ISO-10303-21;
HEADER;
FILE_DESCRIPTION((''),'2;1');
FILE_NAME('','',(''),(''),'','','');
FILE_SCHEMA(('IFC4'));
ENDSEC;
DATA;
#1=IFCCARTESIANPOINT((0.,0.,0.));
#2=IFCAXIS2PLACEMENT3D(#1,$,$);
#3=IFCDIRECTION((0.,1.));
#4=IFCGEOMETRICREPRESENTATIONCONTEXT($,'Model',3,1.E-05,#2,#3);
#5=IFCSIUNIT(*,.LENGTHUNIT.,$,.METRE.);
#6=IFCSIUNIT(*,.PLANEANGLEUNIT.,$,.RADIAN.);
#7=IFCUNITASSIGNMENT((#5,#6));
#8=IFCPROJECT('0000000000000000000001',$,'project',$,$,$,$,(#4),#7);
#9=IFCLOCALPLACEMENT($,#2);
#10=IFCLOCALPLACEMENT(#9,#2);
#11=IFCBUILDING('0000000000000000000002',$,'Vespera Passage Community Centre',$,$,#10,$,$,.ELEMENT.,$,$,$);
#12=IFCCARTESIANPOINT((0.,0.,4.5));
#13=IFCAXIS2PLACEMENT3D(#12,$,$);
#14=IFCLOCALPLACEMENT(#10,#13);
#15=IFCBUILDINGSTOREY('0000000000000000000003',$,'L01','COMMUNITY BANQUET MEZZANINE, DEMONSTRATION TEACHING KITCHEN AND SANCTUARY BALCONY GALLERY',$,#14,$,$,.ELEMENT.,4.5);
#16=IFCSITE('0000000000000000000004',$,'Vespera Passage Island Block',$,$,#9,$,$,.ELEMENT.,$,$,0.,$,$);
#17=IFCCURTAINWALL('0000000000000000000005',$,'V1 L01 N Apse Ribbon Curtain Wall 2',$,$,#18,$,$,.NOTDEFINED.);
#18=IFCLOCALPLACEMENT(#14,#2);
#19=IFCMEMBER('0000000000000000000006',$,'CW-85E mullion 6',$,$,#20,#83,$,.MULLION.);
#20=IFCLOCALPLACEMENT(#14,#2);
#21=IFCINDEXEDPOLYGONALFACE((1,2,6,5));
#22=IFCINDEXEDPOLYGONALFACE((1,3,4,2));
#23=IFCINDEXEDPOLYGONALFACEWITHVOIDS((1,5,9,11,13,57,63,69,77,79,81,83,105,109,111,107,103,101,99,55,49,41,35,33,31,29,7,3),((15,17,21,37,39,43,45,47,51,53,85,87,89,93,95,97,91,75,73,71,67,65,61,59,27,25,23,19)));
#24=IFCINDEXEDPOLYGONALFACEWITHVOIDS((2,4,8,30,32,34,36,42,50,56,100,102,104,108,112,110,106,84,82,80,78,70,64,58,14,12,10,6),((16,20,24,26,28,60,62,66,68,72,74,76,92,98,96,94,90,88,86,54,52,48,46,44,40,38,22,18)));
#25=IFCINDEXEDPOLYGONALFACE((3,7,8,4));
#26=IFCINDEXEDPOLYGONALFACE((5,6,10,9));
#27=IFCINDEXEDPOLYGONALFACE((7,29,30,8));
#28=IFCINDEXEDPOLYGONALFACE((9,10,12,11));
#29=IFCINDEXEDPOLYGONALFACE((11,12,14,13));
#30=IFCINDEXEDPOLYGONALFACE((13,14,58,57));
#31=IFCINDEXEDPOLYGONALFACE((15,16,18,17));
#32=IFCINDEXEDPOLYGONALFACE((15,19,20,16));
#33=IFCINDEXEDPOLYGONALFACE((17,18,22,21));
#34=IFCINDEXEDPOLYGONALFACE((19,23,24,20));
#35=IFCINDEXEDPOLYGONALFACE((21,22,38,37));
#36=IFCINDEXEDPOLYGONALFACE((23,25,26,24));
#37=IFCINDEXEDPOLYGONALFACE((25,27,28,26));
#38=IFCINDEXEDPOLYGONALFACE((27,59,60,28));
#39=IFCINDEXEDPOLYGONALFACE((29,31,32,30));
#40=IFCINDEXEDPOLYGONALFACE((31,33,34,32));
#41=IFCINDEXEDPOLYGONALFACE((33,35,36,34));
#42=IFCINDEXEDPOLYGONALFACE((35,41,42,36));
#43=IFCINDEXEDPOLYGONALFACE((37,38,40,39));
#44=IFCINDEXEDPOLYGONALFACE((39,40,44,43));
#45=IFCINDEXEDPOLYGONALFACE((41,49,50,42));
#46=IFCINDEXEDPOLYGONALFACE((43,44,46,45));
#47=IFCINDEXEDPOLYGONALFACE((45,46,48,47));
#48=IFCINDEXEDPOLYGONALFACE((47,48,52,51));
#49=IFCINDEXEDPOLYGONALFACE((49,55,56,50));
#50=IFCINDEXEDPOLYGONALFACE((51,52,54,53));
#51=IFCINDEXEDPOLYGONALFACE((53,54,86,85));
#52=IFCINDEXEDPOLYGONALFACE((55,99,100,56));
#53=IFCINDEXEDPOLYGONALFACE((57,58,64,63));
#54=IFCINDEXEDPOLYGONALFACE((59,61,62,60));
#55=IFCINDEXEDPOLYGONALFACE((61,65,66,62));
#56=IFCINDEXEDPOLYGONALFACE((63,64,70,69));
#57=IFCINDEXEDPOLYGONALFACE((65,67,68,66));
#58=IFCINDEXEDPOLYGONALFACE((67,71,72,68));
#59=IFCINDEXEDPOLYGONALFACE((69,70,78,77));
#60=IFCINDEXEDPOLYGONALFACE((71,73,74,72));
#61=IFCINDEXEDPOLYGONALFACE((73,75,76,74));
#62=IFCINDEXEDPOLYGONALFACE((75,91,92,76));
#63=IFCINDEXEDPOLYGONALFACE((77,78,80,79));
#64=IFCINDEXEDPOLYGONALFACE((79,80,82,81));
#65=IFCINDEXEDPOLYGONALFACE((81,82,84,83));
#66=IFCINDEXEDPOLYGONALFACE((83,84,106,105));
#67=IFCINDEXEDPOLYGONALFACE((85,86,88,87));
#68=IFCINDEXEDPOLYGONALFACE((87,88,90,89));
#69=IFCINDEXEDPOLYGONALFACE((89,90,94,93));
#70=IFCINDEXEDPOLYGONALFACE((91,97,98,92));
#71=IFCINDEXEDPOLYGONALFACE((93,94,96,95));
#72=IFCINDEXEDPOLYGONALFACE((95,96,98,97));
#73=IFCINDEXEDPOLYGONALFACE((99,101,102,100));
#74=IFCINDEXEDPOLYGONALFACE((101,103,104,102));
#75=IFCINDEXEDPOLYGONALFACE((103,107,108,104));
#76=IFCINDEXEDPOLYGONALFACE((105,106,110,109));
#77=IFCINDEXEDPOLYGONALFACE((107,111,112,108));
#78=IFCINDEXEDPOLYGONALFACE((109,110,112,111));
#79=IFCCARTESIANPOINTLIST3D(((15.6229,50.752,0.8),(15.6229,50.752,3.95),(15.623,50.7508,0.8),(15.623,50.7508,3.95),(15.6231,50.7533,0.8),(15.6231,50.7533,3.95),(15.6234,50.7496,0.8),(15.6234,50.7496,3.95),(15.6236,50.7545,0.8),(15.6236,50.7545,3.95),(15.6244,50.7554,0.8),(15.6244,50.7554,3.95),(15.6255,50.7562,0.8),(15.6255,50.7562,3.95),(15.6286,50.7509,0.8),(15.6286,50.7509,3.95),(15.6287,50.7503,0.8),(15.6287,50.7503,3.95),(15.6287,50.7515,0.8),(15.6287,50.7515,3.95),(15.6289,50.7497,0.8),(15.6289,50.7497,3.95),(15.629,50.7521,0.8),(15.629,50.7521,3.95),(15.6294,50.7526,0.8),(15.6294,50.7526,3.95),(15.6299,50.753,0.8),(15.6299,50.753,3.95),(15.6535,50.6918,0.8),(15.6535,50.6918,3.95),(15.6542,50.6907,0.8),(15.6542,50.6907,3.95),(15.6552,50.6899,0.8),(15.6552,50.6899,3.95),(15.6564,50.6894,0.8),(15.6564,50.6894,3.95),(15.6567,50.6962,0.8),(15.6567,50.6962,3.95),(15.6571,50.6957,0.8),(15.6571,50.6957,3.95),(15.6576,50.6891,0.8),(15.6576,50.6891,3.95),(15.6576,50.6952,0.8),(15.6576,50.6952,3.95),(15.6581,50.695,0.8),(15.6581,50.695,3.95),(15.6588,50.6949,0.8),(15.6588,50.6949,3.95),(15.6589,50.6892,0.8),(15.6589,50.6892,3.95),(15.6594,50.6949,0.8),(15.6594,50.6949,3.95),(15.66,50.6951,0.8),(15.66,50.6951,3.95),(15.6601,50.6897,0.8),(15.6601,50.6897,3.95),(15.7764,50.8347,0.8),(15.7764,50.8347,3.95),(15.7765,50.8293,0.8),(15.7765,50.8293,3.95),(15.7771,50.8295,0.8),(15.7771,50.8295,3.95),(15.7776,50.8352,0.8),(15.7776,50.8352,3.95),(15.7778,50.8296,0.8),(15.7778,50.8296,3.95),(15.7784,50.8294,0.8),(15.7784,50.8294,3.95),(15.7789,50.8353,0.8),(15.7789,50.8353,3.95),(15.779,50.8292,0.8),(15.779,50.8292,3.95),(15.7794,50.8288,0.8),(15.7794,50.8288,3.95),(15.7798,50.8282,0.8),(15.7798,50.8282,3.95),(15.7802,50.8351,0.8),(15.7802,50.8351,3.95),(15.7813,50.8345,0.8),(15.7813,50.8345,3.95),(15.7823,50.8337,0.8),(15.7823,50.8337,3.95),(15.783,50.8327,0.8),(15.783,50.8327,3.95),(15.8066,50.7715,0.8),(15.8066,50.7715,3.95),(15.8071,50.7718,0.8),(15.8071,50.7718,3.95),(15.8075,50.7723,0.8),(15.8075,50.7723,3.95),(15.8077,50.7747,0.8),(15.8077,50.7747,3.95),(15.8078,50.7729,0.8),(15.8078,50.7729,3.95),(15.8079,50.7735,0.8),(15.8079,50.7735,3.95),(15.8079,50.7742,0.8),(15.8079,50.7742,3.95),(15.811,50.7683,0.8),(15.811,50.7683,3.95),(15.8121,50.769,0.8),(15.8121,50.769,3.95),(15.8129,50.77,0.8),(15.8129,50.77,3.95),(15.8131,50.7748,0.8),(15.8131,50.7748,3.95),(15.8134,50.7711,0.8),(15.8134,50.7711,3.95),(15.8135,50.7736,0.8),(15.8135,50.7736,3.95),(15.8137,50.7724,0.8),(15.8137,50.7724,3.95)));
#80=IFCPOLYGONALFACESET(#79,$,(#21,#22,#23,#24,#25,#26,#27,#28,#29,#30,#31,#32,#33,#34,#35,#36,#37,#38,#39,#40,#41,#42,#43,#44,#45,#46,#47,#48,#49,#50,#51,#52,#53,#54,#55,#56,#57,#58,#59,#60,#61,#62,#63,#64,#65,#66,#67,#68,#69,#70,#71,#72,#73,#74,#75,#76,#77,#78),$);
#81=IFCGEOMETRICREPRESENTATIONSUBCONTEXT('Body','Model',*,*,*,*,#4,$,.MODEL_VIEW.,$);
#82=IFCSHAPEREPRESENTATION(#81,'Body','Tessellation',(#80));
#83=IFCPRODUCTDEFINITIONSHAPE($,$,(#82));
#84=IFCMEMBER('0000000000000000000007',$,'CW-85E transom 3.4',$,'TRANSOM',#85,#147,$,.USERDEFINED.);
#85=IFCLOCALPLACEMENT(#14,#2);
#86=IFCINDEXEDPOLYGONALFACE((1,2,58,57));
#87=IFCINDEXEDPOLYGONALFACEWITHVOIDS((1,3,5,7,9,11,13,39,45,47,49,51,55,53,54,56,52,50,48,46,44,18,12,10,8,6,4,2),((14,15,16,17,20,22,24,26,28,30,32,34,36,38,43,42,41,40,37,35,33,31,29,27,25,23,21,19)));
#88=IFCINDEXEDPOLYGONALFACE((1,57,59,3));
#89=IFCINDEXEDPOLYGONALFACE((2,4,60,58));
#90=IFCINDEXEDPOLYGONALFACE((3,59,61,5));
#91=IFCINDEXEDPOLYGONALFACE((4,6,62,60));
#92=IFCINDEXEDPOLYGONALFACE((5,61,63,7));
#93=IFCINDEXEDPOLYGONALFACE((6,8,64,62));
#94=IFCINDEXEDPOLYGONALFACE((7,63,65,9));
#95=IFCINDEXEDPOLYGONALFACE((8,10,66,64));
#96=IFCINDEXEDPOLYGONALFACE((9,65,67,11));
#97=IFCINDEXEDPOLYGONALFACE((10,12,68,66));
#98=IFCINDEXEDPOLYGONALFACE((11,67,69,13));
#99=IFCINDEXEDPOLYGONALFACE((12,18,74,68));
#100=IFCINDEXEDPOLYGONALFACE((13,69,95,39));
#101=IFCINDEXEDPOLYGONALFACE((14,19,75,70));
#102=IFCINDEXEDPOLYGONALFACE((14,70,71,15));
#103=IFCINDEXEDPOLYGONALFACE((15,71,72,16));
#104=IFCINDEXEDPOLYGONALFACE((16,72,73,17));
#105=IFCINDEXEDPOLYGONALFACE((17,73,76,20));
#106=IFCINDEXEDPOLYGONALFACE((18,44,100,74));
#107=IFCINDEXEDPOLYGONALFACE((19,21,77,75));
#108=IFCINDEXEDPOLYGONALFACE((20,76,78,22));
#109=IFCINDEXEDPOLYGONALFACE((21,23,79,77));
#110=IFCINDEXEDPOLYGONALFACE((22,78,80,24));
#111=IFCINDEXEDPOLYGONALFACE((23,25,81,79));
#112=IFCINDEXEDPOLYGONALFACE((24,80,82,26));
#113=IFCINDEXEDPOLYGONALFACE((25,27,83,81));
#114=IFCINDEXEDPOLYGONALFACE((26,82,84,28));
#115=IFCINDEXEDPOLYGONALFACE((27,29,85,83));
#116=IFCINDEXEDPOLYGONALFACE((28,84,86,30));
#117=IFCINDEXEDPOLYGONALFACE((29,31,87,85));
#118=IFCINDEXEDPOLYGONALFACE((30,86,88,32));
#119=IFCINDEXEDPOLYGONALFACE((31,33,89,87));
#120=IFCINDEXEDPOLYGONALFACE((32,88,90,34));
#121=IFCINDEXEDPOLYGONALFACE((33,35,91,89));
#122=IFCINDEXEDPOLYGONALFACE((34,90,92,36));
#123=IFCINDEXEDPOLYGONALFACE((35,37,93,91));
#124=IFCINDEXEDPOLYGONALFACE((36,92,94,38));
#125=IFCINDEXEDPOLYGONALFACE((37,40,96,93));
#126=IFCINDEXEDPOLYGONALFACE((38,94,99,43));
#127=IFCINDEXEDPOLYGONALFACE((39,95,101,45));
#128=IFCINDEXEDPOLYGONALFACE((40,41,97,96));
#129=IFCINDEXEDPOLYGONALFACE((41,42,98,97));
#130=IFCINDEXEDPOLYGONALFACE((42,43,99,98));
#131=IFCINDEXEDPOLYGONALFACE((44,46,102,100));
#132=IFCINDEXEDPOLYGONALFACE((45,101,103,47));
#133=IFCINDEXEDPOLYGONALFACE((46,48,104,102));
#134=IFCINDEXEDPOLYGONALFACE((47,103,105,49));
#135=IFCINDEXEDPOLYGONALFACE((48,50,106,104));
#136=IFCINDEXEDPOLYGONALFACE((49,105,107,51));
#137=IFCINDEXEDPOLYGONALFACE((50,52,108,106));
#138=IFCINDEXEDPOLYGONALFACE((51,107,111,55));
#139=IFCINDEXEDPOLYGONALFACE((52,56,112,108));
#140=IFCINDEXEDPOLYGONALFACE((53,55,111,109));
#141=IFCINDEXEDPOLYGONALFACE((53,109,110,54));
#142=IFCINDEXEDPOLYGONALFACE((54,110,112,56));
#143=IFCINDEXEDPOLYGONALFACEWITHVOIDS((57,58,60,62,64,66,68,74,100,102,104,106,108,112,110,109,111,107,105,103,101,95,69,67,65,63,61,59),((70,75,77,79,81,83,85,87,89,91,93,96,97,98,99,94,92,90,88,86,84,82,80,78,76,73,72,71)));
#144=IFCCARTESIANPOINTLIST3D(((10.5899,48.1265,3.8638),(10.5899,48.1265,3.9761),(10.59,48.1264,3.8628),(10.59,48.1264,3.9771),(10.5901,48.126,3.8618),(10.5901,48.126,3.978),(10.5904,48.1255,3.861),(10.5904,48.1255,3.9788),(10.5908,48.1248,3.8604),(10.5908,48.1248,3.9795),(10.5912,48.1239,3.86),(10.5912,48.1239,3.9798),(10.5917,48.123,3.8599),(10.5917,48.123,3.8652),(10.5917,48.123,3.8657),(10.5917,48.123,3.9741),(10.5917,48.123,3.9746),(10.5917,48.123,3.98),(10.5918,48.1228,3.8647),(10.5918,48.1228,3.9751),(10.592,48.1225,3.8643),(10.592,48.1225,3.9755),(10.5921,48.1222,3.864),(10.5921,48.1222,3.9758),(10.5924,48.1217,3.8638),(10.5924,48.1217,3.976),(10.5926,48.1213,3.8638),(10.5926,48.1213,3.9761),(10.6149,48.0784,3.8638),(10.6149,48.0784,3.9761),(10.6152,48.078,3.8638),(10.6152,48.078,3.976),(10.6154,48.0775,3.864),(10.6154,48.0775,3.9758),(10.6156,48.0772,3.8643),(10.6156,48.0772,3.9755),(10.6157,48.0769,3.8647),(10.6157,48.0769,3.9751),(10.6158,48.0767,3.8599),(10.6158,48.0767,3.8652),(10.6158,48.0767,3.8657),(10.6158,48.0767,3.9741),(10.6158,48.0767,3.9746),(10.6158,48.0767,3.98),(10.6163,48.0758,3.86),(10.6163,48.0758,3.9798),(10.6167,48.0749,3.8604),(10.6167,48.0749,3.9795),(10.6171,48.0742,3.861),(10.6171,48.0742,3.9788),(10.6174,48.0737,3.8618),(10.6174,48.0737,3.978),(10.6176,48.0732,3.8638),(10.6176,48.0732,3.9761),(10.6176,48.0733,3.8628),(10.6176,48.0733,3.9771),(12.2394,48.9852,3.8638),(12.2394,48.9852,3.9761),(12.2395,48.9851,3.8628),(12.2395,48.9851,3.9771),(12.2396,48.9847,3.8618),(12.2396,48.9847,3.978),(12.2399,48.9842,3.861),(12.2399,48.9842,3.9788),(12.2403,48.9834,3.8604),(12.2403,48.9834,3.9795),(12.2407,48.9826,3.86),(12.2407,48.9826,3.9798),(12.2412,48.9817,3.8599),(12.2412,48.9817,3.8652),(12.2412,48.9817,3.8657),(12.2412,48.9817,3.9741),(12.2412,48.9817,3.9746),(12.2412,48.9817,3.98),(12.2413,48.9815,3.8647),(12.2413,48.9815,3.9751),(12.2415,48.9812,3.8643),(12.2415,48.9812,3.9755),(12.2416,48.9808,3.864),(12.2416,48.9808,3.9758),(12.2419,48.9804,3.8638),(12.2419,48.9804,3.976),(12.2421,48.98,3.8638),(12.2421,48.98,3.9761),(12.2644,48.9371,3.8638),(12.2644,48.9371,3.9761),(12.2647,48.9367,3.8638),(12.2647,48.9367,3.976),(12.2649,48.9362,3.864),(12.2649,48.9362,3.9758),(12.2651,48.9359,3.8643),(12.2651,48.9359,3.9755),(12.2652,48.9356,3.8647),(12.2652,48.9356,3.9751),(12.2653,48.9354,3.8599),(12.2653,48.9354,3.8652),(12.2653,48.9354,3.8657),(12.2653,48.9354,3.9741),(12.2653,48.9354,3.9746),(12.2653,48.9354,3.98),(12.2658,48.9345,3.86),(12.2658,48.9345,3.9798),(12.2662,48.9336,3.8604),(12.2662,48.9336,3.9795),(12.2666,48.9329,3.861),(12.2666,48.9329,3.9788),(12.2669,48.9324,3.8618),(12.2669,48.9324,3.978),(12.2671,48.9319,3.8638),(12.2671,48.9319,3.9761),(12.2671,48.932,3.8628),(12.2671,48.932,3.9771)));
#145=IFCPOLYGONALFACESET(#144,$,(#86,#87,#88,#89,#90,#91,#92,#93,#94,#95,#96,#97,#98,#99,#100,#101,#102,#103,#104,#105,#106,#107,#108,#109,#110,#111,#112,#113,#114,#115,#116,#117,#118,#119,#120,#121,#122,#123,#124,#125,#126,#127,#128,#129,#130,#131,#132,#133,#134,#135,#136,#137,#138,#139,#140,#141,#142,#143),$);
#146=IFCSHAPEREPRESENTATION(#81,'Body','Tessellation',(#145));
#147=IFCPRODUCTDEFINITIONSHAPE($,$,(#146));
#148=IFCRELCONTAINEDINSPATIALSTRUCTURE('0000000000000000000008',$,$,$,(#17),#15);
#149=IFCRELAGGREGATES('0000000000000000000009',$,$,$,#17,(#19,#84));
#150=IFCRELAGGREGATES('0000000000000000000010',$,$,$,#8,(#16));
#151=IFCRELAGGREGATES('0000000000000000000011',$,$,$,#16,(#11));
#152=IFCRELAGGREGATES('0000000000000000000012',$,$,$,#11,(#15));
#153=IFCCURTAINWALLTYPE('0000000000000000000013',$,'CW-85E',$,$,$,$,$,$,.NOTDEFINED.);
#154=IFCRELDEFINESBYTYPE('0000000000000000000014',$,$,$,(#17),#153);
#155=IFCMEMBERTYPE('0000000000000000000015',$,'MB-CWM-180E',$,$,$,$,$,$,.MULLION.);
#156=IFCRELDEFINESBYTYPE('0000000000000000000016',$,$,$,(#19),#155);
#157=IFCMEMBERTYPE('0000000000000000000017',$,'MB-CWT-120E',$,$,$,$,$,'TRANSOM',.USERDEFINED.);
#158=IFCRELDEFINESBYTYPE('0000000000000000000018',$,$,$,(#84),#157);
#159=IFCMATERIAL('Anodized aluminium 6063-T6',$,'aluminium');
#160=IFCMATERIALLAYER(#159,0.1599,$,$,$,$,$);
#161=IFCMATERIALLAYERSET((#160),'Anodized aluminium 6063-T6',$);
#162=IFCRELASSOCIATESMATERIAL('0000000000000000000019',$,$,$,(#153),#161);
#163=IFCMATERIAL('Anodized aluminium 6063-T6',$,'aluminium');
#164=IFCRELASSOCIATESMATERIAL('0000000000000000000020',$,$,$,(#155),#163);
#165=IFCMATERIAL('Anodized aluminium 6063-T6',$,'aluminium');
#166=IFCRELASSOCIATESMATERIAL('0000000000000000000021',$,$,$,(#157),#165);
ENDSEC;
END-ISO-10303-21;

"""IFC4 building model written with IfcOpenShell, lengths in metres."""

from ifc_helpers import new_model, si_unit, direction, frame, origin, origin_2d, place, context, subcontext, project, spatial, hollow_rectangle, extrude, material, layer, layer_set, material_profile, profile_set, type_object, element, aggregate, save


model = new_model("IFC4")

# Units and contexts
model_context = context("Model", 3, precision=1e-05, world=origin(), true_north=direction((0.0, 1.0)))
body_context = subcontext(model_context, "Body", "Model", "MODEL_VIEW")
ifc_project = project(units=[si_unit("LENGTHUNIT", "METRE"), si_unit("PLANEANGLEUNIT", "RADIAN")], contexts=[model_context])

# Site, building, storey
site_placement = place(None, origin())
site = spatial("IfcSite", under=ifc_project, at=site_placement, Name="Vespera Passage Island Block", CompositionType="ELEMENT", RefElevation=0.0)
building_placement = place(site_placement, origin())
building = spatial("IfcBuilding", under=site, at=building_placement, Name="Vespera Passage Community Centre", CompositionType="ELEMENT")
storey_placement = place(building_placement, frame((0.0, 0.0, 4.5)))
storey = spatial("IfcBuildingStorey", under=building, at=storey_placement, Name="L01", Description="COMMUNITY BANQUET MEZZANINE, DEMONSTRATION TEACHING KITCHEN AND SANCTUARY BALCONY GALLERY", CompositionType="ELEMENT", Elevation=4.5)

# Curtain wall, members
ifc_material_1 = material(Name="Anodized aluminium 6063-T6", Category="aluminium")
ifc_layer_1 = layer(ifc_material_1, 0.1599)
ifc_layer_set_1 = layer_set([ifc_layer_1], Name="Anodized aluminium 6063-T6")
curtain_wall_type = type_object("IfcCurtainWallType", Name="CW-85E", PredefinedType="NOTDEFINED", material=ifc_layer_set_1)
curtain_wall_placement = place(storey_placement, origin())
curtain_wall = element("IfcCurtainWall", 1, at=curtain_wall_placement, inside=storey, type_object=curtain_wall_type, Name="V1 L01 N Apse Ribbon Curtain Wall 2", PredefinedType="NOTDEFINED")
ifc_material_2 = material(Name="Anodized aluminium 6063-T6", Category="aluminium")
ifc_material_profile_1 = material_profile(ifc_material_2, hollow_rectangle(XDim=0.075, YDim=0.1799, WallThickness=0.0049, InnerFilletRadius=0.0024, OuterFilletRadius=0.0049, at=origin_2d()), Name="ALU180X75X5")
ifc_profile_set_1 = profile_set([ifc_material_profile_1], Name="Anodized aluminium 6063-T6")
member_type_1 = type_object("IfcMemberType", Name="MB-CWM-180E", PredefinedType="MULLION", material=ifc_profile_set_1)
member_1_placement = place(storey_placement, frame((15.7183, 50.7622, 0.8), z_axis=(0.0, 0.0, 1.0), x_axis=(-0.461745, 0.887013, 0.0)))
member_1 = element("IfcMember", 2, at=member_1_placement, type_object=member_type_1, Name="CW-85E mullion 6", PredefinedType="MULLION", context=body_context, shape_type="SweptSolid", body=[
    extrude(hollow_rectangle(XDim=0.075, YDim=0.1799, WallThickness=0.0049, InnerFilletRadius=0.0024, OuterFilletRadius=0.0049, at=origin_2d()), origin(), (0.0, 0.0, 1.0), 3.1499),
])
ifc_material_3 = material(Name="Anodized aluminium 6063-T6", Category="aluminium")
ifc_material_profile_2 = material_profile(ifc_material_3, hollow_rectangle(XDim=0.0601, YDim=0.1201, WallThickness=0.0039, InnerFilletRadius=0.002, OuterFilletRadius=0.0039, at=origin_2d()), Name="ALU120X60X4")
ifc_profile_set_2 = profile_set([ifc_material_profile_2], Name="Anodized aluminium 6063-T6")
member_type_2 = type_object("IfcMemberType", Name="MB-CWT-120E", ElementType="TRANSOM", PredefinedType="USERDEFINED", material=ifc_profile_set_2)
member_2_placement = place(storey_placement, frame((10.6038, 48.0999, 3.9199), z_axis=(0.887008, 0.461754, 0.0), x_axis=(-0.461754, 0.887008, 0.0)))
member_2 = element("IfcMember", 3, at=member_2_placement, type_object=member_type_2, Name="CW-85E transom 3.4", ObjectType="TRANSOM", PredefinedType="USERDEFINED", context=body_context, shape_type="SweptSolid", body=[
    extrude(hollow_rectangle(XDim=0.0601, YDim=0.1201, WallThickness=0.0039, InnerFilletRadius=0.002, OuterFilletRadius=0.0039, at=origin_2d()), origin(), (0.0, 0.0, 1.0), 1.8596),
])
aggregate(curtain_wall, [member_1, member_2])

save(model, "model.ifc")
